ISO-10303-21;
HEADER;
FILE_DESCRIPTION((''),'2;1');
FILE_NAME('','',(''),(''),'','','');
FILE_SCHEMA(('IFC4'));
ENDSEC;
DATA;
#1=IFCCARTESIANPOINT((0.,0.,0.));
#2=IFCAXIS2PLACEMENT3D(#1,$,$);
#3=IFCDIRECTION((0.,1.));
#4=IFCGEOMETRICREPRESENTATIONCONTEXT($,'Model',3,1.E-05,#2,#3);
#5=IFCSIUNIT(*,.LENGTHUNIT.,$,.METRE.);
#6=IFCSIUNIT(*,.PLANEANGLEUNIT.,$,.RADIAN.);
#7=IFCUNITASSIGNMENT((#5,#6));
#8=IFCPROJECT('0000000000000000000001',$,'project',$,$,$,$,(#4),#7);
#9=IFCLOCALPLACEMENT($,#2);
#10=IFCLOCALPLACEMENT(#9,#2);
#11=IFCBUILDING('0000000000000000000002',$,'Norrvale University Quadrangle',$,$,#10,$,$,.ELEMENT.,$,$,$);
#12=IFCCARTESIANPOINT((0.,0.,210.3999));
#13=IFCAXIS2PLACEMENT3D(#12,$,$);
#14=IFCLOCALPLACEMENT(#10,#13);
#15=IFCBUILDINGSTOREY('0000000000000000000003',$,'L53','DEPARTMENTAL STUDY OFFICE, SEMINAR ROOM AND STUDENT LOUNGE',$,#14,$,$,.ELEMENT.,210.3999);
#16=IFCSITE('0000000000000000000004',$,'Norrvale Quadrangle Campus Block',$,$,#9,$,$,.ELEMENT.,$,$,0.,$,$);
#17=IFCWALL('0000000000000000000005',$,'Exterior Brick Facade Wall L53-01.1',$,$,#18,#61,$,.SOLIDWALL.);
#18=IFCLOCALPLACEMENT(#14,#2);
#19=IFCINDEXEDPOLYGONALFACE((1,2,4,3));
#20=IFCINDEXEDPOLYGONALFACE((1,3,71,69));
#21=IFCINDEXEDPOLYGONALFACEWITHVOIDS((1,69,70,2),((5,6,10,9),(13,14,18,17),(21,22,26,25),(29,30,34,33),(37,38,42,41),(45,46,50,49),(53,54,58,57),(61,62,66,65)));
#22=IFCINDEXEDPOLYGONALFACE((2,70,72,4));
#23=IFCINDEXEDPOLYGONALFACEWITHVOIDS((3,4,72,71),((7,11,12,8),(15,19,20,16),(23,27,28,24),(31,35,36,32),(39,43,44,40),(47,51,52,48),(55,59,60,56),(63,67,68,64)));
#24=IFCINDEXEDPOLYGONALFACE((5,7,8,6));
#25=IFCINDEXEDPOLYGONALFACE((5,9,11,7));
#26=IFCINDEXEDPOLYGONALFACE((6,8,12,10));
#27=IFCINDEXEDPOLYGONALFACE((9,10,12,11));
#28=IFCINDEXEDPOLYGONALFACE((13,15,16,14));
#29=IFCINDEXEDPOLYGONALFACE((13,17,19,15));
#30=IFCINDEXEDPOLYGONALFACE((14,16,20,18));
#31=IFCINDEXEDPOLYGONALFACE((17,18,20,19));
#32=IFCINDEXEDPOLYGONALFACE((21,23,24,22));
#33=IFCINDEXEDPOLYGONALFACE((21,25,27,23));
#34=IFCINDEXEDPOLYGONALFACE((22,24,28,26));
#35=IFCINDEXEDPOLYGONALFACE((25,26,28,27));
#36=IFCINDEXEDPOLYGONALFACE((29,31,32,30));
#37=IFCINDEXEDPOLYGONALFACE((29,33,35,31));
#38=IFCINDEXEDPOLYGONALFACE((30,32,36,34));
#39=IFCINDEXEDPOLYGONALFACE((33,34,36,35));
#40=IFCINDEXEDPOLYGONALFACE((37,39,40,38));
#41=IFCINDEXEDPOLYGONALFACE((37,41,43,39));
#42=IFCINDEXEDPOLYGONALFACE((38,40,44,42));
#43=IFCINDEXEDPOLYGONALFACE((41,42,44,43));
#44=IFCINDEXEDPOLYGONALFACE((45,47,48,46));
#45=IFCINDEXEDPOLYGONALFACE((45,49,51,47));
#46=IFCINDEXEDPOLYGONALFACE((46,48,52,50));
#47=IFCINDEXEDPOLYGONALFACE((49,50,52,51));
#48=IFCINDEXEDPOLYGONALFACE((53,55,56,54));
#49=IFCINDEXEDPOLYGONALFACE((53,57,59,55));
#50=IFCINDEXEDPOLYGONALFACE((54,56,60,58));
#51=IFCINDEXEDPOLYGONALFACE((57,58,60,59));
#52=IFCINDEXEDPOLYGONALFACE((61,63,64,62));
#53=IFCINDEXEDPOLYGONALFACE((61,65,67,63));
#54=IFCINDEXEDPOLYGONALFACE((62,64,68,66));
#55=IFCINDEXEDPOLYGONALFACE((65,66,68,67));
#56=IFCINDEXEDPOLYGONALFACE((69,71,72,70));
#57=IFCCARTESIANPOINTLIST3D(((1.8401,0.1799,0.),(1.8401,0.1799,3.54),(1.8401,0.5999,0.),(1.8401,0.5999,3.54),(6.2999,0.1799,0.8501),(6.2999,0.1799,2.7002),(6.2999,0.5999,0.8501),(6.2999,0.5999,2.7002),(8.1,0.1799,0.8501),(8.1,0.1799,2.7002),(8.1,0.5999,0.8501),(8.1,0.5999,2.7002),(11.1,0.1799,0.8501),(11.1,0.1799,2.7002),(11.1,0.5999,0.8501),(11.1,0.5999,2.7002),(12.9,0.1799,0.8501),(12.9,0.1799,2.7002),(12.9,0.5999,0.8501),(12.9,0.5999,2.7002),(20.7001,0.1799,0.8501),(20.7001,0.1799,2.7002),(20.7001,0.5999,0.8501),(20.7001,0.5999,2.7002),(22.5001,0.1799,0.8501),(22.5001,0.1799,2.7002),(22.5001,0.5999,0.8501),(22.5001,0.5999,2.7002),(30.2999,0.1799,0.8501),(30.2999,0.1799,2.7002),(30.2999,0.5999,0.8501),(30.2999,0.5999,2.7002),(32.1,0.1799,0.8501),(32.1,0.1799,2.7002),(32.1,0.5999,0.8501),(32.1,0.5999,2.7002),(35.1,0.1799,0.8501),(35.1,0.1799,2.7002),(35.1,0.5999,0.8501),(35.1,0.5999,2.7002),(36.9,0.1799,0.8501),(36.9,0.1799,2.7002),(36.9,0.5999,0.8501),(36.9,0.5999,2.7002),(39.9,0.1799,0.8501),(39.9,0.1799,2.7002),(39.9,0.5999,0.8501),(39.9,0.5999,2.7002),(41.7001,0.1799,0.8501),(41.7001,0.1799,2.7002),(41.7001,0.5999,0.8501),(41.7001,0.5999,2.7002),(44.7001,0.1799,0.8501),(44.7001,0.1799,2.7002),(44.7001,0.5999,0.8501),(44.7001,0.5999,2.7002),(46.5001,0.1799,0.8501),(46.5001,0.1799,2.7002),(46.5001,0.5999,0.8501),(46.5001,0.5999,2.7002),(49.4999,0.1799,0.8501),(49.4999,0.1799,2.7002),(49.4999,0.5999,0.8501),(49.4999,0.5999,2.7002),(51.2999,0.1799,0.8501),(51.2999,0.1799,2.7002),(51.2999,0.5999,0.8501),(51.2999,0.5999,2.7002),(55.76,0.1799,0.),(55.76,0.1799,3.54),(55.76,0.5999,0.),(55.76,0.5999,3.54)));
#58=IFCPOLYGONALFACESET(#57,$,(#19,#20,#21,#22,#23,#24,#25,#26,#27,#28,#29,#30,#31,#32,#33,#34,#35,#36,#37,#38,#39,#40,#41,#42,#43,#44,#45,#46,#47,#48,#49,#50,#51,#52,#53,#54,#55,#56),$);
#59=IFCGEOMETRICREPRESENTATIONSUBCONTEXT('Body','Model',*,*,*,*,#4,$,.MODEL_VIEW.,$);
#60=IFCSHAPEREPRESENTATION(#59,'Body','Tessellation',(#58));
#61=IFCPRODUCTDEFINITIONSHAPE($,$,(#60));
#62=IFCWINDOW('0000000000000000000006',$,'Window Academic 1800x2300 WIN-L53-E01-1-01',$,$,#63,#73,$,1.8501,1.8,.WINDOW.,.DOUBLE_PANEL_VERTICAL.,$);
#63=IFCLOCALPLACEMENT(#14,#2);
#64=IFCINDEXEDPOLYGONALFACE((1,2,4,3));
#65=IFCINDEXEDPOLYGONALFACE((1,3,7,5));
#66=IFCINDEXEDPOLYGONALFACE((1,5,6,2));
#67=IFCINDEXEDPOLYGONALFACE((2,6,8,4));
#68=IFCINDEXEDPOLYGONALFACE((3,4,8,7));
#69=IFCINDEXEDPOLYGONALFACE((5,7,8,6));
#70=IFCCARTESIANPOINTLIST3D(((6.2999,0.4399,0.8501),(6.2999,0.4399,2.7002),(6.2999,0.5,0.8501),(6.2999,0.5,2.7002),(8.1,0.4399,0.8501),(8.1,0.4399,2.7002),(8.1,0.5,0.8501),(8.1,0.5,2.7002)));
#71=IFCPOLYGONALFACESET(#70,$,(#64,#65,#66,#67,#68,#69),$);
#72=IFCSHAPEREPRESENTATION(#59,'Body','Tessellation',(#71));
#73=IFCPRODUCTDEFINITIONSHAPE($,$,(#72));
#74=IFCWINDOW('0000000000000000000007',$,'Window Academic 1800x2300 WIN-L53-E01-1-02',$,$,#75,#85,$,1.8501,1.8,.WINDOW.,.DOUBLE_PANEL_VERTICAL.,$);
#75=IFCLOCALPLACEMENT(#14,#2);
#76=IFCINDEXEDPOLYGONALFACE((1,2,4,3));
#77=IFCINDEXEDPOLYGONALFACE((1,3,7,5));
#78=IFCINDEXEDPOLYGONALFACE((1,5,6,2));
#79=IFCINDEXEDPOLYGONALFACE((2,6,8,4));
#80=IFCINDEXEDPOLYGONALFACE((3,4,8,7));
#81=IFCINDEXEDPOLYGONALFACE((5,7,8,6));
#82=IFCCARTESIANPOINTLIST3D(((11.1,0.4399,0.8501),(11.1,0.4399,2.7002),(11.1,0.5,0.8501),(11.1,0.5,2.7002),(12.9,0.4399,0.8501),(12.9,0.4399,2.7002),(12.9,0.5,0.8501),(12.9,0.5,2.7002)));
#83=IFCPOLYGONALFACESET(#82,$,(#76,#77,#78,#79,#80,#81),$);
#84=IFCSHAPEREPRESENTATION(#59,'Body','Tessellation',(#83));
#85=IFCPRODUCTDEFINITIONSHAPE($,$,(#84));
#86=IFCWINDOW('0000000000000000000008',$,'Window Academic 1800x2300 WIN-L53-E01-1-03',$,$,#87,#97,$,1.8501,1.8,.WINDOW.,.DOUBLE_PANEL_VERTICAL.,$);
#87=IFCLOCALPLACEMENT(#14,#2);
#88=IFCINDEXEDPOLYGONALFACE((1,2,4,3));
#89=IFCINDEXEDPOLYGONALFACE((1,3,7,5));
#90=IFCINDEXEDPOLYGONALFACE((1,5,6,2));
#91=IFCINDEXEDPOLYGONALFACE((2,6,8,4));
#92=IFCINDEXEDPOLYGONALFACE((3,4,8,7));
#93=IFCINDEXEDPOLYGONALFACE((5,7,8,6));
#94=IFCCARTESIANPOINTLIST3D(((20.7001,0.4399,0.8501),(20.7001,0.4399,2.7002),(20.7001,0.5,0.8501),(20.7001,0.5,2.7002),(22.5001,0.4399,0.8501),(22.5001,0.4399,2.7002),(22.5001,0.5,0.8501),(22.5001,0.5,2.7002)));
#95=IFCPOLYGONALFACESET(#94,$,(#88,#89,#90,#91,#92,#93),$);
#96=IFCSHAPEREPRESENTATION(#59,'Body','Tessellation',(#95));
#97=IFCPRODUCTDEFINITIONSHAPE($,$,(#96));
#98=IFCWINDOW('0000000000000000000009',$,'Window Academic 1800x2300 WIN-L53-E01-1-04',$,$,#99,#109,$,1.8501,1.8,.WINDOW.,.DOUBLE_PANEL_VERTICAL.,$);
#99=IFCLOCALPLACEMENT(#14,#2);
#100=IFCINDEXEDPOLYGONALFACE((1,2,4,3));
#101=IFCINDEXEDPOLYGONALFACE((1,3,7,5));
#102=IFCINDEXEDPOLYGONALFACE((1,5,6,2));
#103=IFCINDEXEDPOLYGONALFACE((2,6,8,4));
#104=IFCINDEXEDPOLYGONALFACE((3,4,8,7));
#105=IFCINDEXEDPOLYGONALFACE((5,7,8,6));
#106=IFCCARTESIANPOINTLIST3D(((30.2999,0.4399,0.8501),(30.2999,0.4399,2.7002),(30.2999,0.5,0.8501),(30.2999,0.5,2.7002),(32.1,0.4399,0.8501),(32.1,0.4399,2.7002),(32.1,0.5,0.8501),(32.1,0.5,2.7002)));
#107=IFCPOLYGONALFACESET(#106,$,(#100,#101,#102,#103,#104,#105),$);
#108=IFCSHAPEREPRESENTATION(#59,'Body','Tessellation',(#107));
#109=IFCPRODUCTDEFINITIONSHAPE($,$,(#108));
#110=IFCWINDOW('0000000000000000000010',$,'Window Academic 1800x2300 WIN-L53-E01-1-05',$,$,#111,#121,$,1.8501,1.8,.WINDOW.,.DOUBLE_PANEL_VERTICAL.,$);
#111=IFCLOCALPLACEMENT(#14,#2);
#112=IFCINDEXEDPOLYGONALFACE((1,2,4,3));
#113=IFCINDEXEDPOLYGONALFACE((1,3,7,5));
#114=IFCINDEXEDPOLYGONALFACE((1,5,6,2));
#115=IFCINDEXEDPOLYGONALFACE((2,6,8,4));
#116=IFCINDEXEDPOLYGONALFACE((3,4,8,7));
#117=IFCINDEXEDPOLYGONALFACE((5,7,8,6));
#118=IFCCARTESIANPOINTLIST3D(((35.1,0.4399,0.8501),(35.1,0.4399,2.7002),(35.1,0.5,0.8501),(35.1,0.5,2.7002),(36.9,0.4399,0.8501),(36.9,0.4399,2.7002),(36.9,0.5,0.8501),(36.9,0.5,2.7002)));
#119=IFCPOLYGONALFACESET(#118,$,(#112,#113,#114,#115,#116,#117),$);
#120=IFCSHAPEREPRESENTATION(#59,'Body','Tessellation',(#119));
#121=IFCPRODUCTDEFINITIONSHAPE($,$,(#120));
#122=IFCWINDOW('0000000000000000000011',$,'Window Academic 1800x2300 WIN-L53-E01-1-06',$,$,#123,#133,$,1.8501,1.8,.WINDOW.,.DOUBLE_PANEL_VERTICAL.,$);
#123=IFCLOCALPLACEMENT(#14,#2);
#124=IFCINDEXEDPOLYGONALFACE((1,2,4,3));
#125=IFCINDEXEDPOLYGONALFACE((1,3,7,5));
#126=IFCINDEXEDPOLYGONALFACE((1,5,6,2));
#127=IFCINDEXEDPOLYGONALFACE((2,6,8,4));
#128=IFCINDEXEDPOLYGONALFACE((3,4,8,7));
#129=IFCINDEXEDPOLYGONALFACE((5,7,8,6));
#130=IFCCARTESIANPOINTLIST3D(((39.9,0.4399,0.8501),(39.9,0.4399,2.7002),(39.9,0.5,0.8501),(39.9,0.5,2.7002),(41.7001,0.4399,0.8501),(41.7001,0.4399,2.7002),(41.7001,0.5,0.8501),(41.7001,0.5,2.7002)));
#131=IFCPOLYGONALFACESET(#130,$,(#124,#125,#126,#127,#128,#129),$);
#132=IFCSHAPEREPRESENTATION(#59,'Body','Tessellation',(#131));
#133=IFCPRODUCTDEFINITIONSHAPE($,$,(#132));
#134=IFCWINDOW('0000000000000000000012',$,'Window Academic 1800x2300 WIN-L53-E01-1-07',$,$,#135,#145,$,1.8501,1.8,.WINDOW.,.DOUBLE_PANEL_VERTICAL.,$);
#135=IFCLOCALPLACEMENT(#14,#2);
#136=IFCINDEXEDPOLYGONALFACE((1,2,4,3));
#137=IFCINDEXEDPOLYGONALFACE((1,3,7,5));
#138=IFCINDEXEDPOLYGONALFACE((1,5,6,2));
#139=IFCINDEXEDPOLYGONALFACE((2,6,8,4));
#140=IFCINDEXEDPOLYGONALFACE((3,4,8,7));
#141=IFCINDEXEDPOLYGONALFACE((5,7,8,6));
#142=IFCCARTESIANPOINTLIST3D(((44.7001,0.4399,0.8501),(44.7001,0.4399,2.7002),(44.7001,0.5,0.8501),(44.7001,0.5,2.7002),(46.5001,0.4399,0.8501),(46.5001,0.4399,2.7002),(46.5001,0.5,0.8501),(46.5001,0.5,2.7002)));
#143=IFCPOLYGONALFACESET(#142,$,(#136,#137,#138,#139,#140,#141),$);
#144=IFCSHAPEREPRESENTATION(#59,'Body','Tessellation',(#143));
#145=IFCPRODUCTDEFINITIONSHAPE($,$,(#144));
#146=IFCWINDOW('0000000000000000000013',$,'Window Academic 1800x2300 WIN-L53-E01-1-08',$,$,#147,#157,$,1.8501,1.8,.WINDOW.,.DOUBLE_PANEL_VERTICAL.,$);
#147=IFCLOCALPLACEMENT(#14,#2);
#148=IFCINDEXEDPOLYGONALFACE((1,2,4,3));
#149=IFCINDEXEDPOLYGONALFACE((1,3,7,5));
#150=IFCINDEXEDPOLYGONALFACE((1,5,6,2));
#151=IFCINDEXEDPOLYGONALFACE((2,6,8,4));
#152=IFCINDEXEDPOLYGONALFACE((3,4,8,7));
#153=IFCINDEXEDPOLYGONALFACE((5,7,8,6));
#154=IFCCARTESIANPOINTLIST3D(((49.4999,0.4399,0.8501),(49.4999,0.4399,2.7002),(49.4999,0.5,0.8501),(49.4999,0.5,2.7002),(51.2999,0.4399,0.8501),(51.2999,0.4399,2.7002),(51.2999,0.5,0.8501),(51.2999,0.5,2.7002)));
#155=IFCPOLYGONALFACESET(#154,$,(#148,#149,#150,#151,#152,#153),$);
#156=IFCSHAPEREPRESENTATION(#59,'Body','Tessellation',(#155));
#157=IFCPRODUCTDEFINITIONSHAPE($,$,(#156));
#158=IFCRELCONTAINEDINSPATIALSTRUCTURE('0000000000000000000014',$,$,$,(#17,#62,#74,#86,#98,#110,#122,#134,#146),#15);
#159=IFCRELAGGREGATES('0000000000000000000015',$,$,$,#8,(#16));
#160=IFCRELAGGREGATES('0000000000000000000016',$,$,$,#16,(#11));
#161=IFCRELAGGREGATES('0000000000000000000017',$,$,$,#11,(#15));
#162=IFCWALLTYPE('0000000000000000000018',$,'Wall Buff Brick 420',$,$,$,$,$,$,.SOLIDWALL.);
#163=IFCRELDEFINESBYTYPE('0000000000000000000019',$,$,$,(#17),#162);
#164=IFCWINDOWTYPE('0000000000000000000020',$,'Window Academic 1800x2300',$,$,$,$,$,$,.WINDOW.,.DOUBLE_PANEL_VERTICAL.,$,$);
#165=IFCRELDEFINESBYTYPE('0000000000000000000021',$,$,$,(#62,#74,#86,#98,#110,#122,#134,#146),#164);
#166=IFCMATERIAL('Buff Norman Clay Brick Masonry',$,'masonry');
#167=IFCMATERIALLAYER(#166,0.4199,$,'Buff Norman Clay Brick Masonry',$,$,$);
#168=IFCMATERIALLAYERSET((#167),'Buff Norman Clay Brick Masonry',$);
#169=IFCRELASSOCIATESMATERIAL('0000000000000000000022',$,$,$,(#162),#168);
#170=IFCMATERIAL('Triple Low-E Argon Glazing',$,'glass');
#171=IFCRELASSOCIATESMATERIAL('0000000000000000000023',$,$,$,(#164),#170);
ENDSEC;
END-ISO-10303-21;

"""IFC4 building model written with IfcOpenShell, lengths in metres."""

from ifc_helpers import new_model, si_unit, direction, frame, frame_2d, origin, place, context, subcontext, project, spatial, rectangle, extrude, material, layer, layer_set, type_object, element, fill, save


model = new_model("IFC4")

# Units and contexts
model_context = context("Model", 3, precision=1e-05, world=origin(), true_north=direction((0.0, 1.0)))
body_context = subcontext(model_context, "Body", "Model", "MODEL_VIEW")
ifc_project = project(units=[si_unit("LENGTHUNIT", "METRE"), si_unit("PLANEANGLEUNIT", "RADIAN")], contexts=[model_context])

# Site, building, storey
site_placement = place(None, origin())
site = spatial("IfcSite", under=ifc_project, at=site_placement, Name="Norrvale Quadrangle Campus Block", CompositionType="ELEMENT", RefElevation=0.0)
building_placement = place(site_placement, origin())
building = spatial("IfcBuilding", under=site, at=building_placement, Name="Norrvale University Quadrangle", CompositionType="ELEMENT")
storey_placement = place(building_placement, frame((0.0, 0.0, 210.3999)))
storey = spatial("IfcBuildingStorey", under=building, at=storey_placement, Name="L53", Description="DEPARTMENTAL STUDY OFFICE, SEMINAR ROOM AND STUDENT LOUNGE", CompositionType="ELEMENT", Elevation=210.3999)

# Wall, openings, windows
ifc_material_1 = material(Name="Buff Norman Clay Brick Masonry", Category="masonry")
ifc_layer_1 = layer(ifc_material_1, 0.4199, Name="Buff Norman Clay Brick Masonry")
ifc_layer_set_1 = layer_set([ifc_layer_1], Name="Buff Norman Clay Brick Masonry")
wall_type_1 = type_object("IfcWallType", Name="Wall Buff Brick 420", PredefinedType="SOLIDWALL", material=ifc_layer_set_1)
wall_1_placement = place(storey_placement, frame((1.8401, 0.3899, 0.0), z_axis=(0.0, 0.0, 1.0), x_axis=(1.0, 0.0, 0.0)))
wall_1 = element("IfcWall", 1, at=wall_1_placement, inside=storey, type_object=wall_type_1, Name="Exterior Brick Facade Wall L53-01.1", PredefinedType="SOLIDWALL", context=body_context, shape_type="SweptSolid", body=[
    extrude(rectangle(XDim=53.9199, YDim=0.4199, at=frame_2d((26.96, 0.0))), origin(), (0.0, 0.0, 1.0), 3.54),
])
opening_1_placement = place(wall_1_placement, frame((4.46, 0.0, 0.8501)))
opening_1 = element("IfcOpeningElement", 2, at=opening_1_placement, cuts=wall_1, PredefinedType="OPENING", context=body_context, shape_type="SweptSolid", body=[
    extrude(rectangle(XDim=1.8, YDim=1.8501, at=frame_2d((0.8999, 0.925))), frame((0.0, 0.2219, 0.0), z_axis=(0.0, -1.0, 0.0), x_axis=(1.0, 0.0, 0.0)), (0.0, 0.0, 1.0), 0.4438),
])
opening_2_placement = place(wall_1_placement, frame((9.26, 0.0, 0.8501)))
opening_2 = element("IfcOpeningElement", 3, at=opening_2_placement, cuts=wall_1, PredefinedType="OPENING", context=body_context, shape_type="SweptSolid", body=[
    extrude(rectangle(XDim=1.8, YDim=1.8501, at=frame_2d((0.8999, 0.925))), frame((0.0, 0.2219, 0.0), z_axis=(0.0, -1.0, 0.0), x_axis=(1.0, 0.0, 0.0)), (0.0, 0.0, 1.0), 0.4438),
])
opening_3_placement = place(wall_1_placement, frame((18.8601, 0.0, 0.8501)))
opening_3 = element("IfcOpeningElement", 4, at=opening_3_placement, cuts=wall_1, PredefinedType="OPENING", context=body_context, shape_type="SweptSolid", body=[
    extrude(rectangle(XDim=1.8, YDim=1.8501, at=frame_2d((0.8999, 0.925))), frame((0.0, 0.2219, 0.0), z_axis=(0.0, -1.0, 0.0), x_axis=(1.0, 0.0, 0.0)), (0.0, 0.0, 1.0), 0.4438),
])
opening_4_placement = place(wall_1_placement, frame((28.46, 0.0, 0.8501)))
opening_4 = element("IfcOpeningElement", 5, at=opening_4_placement, cuts=wall_1, PredefinedType="OPENING", context=body_context, shape_type="SweptSolid", body=[
    extrude(rectangle(XDim=1.8, YDim=1.8501, at=frame_2d((0.8999, 0.925))), frame((0.0, 0.2219, 0.0), z_axis=(0.0, -1.0, 0.0), x_axis=(1.0, 0.0, 0.0)), (0.0, 0.0, 1.0), 0.4438),
])
opening_5_placement = place(wall_1_placement, frame((33.26, 0.0, 0.8501)))
opening_5 = element("IfcOpeningElement", 6, at=opening_5_placement, cuts=wall_1, PredefinedType="OPENING", context=body_context, shape_type="SweptSolid", body=[
    extrude(rectangle(XDim=1.8, YDim=1.8501, at=frame_2d((0.8999, 0.925))), frame((0.0, 0.2219, 0.0), z_axis=(0.0, -1.0, 0.0), x_axis=(1.0, 0.0, 0.0)), (0.0, 0.0, 1.0), 0.4438),
])
opening_6_placement = place(wall_1_placement, frame((38.0601, 0.0, 0.8501)))
opening_6 = element("IfcOpeningElement", 7, at=opening_6_placement, cuts=wall_1, PredefinedType="OPENING", context=body_context, shape_type="SweptSolid", body=[
    extrude(rectangle(XDim=1.8, YDim=1.8501, at=frame_2d((0.8999, 0.925))), frame((0.0, 0.2219, 0.0), z_axis=(0.0, -1.0, 0.0), x_axis=(1.0, 0.0, 0.0)), (0.0, 0.0, 1.0), 0.4438),
])
opening_7_placement = place(wall_1_placement, frame((42.8601, 0.0, 0.8501)))
opening_7 = element("IfcOpeningElement", 8, at=opening_7_placement, cuts=wall_1, PredefinedType="OPENING", context=body_context, shape_type="SweptSolid", body=[
    extrude(rectangle(XDim=1.8, YDim=1.8501, at=frame_2d((0.8999, 0.925))), frame((0.0, 0.2219, 0.0), z_axis=(0.0, -1.0, 0.0), x_axis=(1.0, 0.0, 0.0)), (0.0, 0.0, 1.0), 0.4438),
])
opening_8_placement = place(wall_1_placement, frame((47.6599, 0.0, 0.8501)))
opening_8 = element("IfcOpeningElement", 9, at=opening_8_placement, cuts=wall_1, PredefinedType="OPENING", context=body_context, shape_type="SweptSolid", body=[
    extrude(rectangle(XDim=1.8, YDim=1.8501, at=frame_2d((0.8999, 0.925))), frame((0.0, 0.2219, 0.0), z_axis=(0.0, -1.0, 0.0), x_axis=(1.0, 0.0, 0.0)), (0.0, 0.0, 1.0), 0.4438),
])
ifc_material_2 = material(Name="Triple Low-E Argon Glazing", Category="glass")
window_type = type_object("IfcWindowType", Name="Window Academic 1800x2300", PartitioningType="DOUBLE_PANEL_VERTICAL", PredefinedType="WINDOW", material=ifc_material_2)
window_1_placement = place(opening_1_placement, origin())
window_1 = element("IfcWindow", 10, at=window_1_placement, inside=storey, type_object=window_type, Name="Window Academic 1800x2300 WIN-L53-E01-1-01", OverallHeight=1.8501, OverallWidth=1.8, PartitioningType="DOUBLE_PANEL_VERTICAL", PredefinedType="WINDOW", context=body_context, shape_type="SweptSolid", body=[
    extrude(rectangle(XDim=1.8, YDim=1.8501, at=frame_2d((0.8999, 0.925))), frame((0.0, 0.1101, 0.0), z_axis=(0.0, -1.0, 0.0), x_axis=(1.0, 0.0, 0.0)), (0.0, 0.0, 1.0), 0.0601),
])
fill(opening_1, window_1)
window_2_placement = place(opening_2_placement, origin())
window_2 = element("IfcWindow", 11, at=window_2_placement, inside=storey, type_object=window_type, Name="Window Academic 1800x2300 WIN-L53-E01-1-02", OverallHeight=1.8501, OverallWidth=1.8, PartitioningType="DOUBLE_PANEL_VERTICAL", PredefinedType="WINDOW", context=body_context, shape_type="SweptSolid", body=[
    extrude(rectangle(XDim=1.8, YDim=1.8501, at=frame_2d((0.8999, 0.925))), frame((0.0, 0.1101, 0.0), z_axis=(0.0, -1.0, 0.0), x_axis=(1.0, 0.0, 0.0)), (0.0, 0.0, 1.0), 0.0601),
])
fill(opening_2, window_2)
window_3_placement = place(opening_3_placement, origin())
window_3 = element("IfcWindow", 12, at=window_3_placement, inside=storey, type_object=window_type, Name="Window Academic 1800x2300 WIN-L53-E01-1-03", OverallHeight=1.8501, OverallWidth=1.8, PartitioningType="DOUBLE_PANEL_VERTICAL", PredefinedType="WINDOW", context=body_context, shape_type="SweptSolid", body=[
    extrude(rectangle(XDim=1.8, YDim=1.8501, at=frame_2d((0.8999, 0.925))), frame((0.0, 0.1101, 0.0), z_axis=(0.0, -1.0, 0.0), x_axis=(1.0, 0.0, 0.0)), (0.0, 0.0, 1.0), 0.0601),
])
fill(opening_3, window_3)
window_4_placement = place(opening_4_placement, origin())
window_4 = element("IfcWindow", 13, at=window_4_placement, inside=storey, type_object=window_type, Name="Window Academic 1800x2300 WIN-L53-E01-1-04", OverallHeight=1.8501, OverallWidth=1.8, PartitioningType="DOUBLE_PANEL_VERTICAL", PredefinedType="WINDOW", context=body_context, shape_type="SweptSolid", body=[
    extrude(rectangle(XDim=1.8, YDim=1.8501, at=frame_2d((0.8999, 0.925))), frame((0.0, 0.1101, 0.0), z_axis=(0.0, -1.0, 0.0), x_axis=(1.0, 0.0, 0.0)), (0.0, 0.0, 1.0), 0.0601),
])
fill(opening_4, window_4)
window_5_placement = place(opening_5_placement, origin())
window_5 = element("IfcWindow", 14, at=window_5_placement, inside=storey, type_object=window_type, Name="Window Academic 1800x2300 WIN-L53-E01-1-05", OverallHeight=1.8501, OverallWidth=1.8, PartitioningType="DOUBLE_PANEL_VERTICAL", PredefinedType="WINDOW", context=body_context, shape_type="SweptSolid", body=[
    extrude(rectangle(XDim=1.8, YDim=1.8501, at=frame_2d((0.8999, 0.925))), frame((0.0, 0.1101, 0.0), z_axis=(0.0, -1.0, 0.0), x_axis=(1.0, 0.0, 0.0)), (0.0, 0.0, 1.0), 0.0601),
])
fill(opening_5, window_5)
window_6_placement = place(opening_6_placement, origin())
window_6 = element("IfcWindow", 15, at=window_6_placement, inside=storey, type_object=window_type, Name="Window Academic 1800x2300 WIN-L53-E01-1-06", OverallHeight=1.8501, OverallWidth=1.8, PartitioningType="DOUBLE_PANEL_VERTICAL", PredefinedType="WINDOW", context=body_context, shape_type="SweptSolid", body=[
    extrude(rectangle(XDim=1.8, YDim=1.8501, at=frame_2d((0.8999, 0.925))), frame((0.0, 0.1101, 0.0), z_axis=(0.0, -1.0, 0.0), x_axis=(1.0, 0.0, 0.0)), (0.0, 0.0, 1.0), 0.0601),
])
fill(opening_6, window_6)
window_7_placement = place(opening_7_placement, origin())
window_7 = element("IfcWindow", 16, at=window_7_placement, inside=storey, type_object=window_type, Name="Window Academic 1800x2300 WIN-L53-E01-1-07", OverallHeight=1.8501, OverallWidth=1.8, PartitioningType="DOUBLE_PANEL_VERTICAL", PredefinedType="WINDOW", context=body_context, shape_type="SweptSolid", body=[
    extrude(rectangle(XDim=1.8, YDim=1.8501, at=frame_2d((0.8999, 0.925))), frame((0.0, 0.1101, 0.0), z_axis=(0.0, -1.0, 0.0), x_axis=(1.0, 0.0, 0.0)), (0.0, 0.0, 1.0), 0.0601),
])
fill(opening_7, window_7)
window_8_placement = place(opening_8_placement, origin())
window_8 = element("IfcWindow", 17, at=window_8_placement, inside=storey, type_object=window_type, Name="Window Academic 1800x2300 WIN-L53-E01-1-08", OverallHeight=1.8501, OverallWidth=1.8, PartitioningType="DOUBLE_PANEL_VERTICAL", PredefinedType="WINDOW", context=body_context, shape_type="SweptSolid", body=[
    extrude(rectangle(XDim=1.8, YDim=1.8501, at=frame_2d((0.8999, 0.925))), frame((0.0, 0.1101, 0.0), z_axis=(0.0, -1.0, 0.0), x_axis=(1.0, 0.0, 0.0)), (0.0, 0.0, 1.0), 0.0601),
])
fill(opening_8, window_8)

save(model, "model.ifc")
